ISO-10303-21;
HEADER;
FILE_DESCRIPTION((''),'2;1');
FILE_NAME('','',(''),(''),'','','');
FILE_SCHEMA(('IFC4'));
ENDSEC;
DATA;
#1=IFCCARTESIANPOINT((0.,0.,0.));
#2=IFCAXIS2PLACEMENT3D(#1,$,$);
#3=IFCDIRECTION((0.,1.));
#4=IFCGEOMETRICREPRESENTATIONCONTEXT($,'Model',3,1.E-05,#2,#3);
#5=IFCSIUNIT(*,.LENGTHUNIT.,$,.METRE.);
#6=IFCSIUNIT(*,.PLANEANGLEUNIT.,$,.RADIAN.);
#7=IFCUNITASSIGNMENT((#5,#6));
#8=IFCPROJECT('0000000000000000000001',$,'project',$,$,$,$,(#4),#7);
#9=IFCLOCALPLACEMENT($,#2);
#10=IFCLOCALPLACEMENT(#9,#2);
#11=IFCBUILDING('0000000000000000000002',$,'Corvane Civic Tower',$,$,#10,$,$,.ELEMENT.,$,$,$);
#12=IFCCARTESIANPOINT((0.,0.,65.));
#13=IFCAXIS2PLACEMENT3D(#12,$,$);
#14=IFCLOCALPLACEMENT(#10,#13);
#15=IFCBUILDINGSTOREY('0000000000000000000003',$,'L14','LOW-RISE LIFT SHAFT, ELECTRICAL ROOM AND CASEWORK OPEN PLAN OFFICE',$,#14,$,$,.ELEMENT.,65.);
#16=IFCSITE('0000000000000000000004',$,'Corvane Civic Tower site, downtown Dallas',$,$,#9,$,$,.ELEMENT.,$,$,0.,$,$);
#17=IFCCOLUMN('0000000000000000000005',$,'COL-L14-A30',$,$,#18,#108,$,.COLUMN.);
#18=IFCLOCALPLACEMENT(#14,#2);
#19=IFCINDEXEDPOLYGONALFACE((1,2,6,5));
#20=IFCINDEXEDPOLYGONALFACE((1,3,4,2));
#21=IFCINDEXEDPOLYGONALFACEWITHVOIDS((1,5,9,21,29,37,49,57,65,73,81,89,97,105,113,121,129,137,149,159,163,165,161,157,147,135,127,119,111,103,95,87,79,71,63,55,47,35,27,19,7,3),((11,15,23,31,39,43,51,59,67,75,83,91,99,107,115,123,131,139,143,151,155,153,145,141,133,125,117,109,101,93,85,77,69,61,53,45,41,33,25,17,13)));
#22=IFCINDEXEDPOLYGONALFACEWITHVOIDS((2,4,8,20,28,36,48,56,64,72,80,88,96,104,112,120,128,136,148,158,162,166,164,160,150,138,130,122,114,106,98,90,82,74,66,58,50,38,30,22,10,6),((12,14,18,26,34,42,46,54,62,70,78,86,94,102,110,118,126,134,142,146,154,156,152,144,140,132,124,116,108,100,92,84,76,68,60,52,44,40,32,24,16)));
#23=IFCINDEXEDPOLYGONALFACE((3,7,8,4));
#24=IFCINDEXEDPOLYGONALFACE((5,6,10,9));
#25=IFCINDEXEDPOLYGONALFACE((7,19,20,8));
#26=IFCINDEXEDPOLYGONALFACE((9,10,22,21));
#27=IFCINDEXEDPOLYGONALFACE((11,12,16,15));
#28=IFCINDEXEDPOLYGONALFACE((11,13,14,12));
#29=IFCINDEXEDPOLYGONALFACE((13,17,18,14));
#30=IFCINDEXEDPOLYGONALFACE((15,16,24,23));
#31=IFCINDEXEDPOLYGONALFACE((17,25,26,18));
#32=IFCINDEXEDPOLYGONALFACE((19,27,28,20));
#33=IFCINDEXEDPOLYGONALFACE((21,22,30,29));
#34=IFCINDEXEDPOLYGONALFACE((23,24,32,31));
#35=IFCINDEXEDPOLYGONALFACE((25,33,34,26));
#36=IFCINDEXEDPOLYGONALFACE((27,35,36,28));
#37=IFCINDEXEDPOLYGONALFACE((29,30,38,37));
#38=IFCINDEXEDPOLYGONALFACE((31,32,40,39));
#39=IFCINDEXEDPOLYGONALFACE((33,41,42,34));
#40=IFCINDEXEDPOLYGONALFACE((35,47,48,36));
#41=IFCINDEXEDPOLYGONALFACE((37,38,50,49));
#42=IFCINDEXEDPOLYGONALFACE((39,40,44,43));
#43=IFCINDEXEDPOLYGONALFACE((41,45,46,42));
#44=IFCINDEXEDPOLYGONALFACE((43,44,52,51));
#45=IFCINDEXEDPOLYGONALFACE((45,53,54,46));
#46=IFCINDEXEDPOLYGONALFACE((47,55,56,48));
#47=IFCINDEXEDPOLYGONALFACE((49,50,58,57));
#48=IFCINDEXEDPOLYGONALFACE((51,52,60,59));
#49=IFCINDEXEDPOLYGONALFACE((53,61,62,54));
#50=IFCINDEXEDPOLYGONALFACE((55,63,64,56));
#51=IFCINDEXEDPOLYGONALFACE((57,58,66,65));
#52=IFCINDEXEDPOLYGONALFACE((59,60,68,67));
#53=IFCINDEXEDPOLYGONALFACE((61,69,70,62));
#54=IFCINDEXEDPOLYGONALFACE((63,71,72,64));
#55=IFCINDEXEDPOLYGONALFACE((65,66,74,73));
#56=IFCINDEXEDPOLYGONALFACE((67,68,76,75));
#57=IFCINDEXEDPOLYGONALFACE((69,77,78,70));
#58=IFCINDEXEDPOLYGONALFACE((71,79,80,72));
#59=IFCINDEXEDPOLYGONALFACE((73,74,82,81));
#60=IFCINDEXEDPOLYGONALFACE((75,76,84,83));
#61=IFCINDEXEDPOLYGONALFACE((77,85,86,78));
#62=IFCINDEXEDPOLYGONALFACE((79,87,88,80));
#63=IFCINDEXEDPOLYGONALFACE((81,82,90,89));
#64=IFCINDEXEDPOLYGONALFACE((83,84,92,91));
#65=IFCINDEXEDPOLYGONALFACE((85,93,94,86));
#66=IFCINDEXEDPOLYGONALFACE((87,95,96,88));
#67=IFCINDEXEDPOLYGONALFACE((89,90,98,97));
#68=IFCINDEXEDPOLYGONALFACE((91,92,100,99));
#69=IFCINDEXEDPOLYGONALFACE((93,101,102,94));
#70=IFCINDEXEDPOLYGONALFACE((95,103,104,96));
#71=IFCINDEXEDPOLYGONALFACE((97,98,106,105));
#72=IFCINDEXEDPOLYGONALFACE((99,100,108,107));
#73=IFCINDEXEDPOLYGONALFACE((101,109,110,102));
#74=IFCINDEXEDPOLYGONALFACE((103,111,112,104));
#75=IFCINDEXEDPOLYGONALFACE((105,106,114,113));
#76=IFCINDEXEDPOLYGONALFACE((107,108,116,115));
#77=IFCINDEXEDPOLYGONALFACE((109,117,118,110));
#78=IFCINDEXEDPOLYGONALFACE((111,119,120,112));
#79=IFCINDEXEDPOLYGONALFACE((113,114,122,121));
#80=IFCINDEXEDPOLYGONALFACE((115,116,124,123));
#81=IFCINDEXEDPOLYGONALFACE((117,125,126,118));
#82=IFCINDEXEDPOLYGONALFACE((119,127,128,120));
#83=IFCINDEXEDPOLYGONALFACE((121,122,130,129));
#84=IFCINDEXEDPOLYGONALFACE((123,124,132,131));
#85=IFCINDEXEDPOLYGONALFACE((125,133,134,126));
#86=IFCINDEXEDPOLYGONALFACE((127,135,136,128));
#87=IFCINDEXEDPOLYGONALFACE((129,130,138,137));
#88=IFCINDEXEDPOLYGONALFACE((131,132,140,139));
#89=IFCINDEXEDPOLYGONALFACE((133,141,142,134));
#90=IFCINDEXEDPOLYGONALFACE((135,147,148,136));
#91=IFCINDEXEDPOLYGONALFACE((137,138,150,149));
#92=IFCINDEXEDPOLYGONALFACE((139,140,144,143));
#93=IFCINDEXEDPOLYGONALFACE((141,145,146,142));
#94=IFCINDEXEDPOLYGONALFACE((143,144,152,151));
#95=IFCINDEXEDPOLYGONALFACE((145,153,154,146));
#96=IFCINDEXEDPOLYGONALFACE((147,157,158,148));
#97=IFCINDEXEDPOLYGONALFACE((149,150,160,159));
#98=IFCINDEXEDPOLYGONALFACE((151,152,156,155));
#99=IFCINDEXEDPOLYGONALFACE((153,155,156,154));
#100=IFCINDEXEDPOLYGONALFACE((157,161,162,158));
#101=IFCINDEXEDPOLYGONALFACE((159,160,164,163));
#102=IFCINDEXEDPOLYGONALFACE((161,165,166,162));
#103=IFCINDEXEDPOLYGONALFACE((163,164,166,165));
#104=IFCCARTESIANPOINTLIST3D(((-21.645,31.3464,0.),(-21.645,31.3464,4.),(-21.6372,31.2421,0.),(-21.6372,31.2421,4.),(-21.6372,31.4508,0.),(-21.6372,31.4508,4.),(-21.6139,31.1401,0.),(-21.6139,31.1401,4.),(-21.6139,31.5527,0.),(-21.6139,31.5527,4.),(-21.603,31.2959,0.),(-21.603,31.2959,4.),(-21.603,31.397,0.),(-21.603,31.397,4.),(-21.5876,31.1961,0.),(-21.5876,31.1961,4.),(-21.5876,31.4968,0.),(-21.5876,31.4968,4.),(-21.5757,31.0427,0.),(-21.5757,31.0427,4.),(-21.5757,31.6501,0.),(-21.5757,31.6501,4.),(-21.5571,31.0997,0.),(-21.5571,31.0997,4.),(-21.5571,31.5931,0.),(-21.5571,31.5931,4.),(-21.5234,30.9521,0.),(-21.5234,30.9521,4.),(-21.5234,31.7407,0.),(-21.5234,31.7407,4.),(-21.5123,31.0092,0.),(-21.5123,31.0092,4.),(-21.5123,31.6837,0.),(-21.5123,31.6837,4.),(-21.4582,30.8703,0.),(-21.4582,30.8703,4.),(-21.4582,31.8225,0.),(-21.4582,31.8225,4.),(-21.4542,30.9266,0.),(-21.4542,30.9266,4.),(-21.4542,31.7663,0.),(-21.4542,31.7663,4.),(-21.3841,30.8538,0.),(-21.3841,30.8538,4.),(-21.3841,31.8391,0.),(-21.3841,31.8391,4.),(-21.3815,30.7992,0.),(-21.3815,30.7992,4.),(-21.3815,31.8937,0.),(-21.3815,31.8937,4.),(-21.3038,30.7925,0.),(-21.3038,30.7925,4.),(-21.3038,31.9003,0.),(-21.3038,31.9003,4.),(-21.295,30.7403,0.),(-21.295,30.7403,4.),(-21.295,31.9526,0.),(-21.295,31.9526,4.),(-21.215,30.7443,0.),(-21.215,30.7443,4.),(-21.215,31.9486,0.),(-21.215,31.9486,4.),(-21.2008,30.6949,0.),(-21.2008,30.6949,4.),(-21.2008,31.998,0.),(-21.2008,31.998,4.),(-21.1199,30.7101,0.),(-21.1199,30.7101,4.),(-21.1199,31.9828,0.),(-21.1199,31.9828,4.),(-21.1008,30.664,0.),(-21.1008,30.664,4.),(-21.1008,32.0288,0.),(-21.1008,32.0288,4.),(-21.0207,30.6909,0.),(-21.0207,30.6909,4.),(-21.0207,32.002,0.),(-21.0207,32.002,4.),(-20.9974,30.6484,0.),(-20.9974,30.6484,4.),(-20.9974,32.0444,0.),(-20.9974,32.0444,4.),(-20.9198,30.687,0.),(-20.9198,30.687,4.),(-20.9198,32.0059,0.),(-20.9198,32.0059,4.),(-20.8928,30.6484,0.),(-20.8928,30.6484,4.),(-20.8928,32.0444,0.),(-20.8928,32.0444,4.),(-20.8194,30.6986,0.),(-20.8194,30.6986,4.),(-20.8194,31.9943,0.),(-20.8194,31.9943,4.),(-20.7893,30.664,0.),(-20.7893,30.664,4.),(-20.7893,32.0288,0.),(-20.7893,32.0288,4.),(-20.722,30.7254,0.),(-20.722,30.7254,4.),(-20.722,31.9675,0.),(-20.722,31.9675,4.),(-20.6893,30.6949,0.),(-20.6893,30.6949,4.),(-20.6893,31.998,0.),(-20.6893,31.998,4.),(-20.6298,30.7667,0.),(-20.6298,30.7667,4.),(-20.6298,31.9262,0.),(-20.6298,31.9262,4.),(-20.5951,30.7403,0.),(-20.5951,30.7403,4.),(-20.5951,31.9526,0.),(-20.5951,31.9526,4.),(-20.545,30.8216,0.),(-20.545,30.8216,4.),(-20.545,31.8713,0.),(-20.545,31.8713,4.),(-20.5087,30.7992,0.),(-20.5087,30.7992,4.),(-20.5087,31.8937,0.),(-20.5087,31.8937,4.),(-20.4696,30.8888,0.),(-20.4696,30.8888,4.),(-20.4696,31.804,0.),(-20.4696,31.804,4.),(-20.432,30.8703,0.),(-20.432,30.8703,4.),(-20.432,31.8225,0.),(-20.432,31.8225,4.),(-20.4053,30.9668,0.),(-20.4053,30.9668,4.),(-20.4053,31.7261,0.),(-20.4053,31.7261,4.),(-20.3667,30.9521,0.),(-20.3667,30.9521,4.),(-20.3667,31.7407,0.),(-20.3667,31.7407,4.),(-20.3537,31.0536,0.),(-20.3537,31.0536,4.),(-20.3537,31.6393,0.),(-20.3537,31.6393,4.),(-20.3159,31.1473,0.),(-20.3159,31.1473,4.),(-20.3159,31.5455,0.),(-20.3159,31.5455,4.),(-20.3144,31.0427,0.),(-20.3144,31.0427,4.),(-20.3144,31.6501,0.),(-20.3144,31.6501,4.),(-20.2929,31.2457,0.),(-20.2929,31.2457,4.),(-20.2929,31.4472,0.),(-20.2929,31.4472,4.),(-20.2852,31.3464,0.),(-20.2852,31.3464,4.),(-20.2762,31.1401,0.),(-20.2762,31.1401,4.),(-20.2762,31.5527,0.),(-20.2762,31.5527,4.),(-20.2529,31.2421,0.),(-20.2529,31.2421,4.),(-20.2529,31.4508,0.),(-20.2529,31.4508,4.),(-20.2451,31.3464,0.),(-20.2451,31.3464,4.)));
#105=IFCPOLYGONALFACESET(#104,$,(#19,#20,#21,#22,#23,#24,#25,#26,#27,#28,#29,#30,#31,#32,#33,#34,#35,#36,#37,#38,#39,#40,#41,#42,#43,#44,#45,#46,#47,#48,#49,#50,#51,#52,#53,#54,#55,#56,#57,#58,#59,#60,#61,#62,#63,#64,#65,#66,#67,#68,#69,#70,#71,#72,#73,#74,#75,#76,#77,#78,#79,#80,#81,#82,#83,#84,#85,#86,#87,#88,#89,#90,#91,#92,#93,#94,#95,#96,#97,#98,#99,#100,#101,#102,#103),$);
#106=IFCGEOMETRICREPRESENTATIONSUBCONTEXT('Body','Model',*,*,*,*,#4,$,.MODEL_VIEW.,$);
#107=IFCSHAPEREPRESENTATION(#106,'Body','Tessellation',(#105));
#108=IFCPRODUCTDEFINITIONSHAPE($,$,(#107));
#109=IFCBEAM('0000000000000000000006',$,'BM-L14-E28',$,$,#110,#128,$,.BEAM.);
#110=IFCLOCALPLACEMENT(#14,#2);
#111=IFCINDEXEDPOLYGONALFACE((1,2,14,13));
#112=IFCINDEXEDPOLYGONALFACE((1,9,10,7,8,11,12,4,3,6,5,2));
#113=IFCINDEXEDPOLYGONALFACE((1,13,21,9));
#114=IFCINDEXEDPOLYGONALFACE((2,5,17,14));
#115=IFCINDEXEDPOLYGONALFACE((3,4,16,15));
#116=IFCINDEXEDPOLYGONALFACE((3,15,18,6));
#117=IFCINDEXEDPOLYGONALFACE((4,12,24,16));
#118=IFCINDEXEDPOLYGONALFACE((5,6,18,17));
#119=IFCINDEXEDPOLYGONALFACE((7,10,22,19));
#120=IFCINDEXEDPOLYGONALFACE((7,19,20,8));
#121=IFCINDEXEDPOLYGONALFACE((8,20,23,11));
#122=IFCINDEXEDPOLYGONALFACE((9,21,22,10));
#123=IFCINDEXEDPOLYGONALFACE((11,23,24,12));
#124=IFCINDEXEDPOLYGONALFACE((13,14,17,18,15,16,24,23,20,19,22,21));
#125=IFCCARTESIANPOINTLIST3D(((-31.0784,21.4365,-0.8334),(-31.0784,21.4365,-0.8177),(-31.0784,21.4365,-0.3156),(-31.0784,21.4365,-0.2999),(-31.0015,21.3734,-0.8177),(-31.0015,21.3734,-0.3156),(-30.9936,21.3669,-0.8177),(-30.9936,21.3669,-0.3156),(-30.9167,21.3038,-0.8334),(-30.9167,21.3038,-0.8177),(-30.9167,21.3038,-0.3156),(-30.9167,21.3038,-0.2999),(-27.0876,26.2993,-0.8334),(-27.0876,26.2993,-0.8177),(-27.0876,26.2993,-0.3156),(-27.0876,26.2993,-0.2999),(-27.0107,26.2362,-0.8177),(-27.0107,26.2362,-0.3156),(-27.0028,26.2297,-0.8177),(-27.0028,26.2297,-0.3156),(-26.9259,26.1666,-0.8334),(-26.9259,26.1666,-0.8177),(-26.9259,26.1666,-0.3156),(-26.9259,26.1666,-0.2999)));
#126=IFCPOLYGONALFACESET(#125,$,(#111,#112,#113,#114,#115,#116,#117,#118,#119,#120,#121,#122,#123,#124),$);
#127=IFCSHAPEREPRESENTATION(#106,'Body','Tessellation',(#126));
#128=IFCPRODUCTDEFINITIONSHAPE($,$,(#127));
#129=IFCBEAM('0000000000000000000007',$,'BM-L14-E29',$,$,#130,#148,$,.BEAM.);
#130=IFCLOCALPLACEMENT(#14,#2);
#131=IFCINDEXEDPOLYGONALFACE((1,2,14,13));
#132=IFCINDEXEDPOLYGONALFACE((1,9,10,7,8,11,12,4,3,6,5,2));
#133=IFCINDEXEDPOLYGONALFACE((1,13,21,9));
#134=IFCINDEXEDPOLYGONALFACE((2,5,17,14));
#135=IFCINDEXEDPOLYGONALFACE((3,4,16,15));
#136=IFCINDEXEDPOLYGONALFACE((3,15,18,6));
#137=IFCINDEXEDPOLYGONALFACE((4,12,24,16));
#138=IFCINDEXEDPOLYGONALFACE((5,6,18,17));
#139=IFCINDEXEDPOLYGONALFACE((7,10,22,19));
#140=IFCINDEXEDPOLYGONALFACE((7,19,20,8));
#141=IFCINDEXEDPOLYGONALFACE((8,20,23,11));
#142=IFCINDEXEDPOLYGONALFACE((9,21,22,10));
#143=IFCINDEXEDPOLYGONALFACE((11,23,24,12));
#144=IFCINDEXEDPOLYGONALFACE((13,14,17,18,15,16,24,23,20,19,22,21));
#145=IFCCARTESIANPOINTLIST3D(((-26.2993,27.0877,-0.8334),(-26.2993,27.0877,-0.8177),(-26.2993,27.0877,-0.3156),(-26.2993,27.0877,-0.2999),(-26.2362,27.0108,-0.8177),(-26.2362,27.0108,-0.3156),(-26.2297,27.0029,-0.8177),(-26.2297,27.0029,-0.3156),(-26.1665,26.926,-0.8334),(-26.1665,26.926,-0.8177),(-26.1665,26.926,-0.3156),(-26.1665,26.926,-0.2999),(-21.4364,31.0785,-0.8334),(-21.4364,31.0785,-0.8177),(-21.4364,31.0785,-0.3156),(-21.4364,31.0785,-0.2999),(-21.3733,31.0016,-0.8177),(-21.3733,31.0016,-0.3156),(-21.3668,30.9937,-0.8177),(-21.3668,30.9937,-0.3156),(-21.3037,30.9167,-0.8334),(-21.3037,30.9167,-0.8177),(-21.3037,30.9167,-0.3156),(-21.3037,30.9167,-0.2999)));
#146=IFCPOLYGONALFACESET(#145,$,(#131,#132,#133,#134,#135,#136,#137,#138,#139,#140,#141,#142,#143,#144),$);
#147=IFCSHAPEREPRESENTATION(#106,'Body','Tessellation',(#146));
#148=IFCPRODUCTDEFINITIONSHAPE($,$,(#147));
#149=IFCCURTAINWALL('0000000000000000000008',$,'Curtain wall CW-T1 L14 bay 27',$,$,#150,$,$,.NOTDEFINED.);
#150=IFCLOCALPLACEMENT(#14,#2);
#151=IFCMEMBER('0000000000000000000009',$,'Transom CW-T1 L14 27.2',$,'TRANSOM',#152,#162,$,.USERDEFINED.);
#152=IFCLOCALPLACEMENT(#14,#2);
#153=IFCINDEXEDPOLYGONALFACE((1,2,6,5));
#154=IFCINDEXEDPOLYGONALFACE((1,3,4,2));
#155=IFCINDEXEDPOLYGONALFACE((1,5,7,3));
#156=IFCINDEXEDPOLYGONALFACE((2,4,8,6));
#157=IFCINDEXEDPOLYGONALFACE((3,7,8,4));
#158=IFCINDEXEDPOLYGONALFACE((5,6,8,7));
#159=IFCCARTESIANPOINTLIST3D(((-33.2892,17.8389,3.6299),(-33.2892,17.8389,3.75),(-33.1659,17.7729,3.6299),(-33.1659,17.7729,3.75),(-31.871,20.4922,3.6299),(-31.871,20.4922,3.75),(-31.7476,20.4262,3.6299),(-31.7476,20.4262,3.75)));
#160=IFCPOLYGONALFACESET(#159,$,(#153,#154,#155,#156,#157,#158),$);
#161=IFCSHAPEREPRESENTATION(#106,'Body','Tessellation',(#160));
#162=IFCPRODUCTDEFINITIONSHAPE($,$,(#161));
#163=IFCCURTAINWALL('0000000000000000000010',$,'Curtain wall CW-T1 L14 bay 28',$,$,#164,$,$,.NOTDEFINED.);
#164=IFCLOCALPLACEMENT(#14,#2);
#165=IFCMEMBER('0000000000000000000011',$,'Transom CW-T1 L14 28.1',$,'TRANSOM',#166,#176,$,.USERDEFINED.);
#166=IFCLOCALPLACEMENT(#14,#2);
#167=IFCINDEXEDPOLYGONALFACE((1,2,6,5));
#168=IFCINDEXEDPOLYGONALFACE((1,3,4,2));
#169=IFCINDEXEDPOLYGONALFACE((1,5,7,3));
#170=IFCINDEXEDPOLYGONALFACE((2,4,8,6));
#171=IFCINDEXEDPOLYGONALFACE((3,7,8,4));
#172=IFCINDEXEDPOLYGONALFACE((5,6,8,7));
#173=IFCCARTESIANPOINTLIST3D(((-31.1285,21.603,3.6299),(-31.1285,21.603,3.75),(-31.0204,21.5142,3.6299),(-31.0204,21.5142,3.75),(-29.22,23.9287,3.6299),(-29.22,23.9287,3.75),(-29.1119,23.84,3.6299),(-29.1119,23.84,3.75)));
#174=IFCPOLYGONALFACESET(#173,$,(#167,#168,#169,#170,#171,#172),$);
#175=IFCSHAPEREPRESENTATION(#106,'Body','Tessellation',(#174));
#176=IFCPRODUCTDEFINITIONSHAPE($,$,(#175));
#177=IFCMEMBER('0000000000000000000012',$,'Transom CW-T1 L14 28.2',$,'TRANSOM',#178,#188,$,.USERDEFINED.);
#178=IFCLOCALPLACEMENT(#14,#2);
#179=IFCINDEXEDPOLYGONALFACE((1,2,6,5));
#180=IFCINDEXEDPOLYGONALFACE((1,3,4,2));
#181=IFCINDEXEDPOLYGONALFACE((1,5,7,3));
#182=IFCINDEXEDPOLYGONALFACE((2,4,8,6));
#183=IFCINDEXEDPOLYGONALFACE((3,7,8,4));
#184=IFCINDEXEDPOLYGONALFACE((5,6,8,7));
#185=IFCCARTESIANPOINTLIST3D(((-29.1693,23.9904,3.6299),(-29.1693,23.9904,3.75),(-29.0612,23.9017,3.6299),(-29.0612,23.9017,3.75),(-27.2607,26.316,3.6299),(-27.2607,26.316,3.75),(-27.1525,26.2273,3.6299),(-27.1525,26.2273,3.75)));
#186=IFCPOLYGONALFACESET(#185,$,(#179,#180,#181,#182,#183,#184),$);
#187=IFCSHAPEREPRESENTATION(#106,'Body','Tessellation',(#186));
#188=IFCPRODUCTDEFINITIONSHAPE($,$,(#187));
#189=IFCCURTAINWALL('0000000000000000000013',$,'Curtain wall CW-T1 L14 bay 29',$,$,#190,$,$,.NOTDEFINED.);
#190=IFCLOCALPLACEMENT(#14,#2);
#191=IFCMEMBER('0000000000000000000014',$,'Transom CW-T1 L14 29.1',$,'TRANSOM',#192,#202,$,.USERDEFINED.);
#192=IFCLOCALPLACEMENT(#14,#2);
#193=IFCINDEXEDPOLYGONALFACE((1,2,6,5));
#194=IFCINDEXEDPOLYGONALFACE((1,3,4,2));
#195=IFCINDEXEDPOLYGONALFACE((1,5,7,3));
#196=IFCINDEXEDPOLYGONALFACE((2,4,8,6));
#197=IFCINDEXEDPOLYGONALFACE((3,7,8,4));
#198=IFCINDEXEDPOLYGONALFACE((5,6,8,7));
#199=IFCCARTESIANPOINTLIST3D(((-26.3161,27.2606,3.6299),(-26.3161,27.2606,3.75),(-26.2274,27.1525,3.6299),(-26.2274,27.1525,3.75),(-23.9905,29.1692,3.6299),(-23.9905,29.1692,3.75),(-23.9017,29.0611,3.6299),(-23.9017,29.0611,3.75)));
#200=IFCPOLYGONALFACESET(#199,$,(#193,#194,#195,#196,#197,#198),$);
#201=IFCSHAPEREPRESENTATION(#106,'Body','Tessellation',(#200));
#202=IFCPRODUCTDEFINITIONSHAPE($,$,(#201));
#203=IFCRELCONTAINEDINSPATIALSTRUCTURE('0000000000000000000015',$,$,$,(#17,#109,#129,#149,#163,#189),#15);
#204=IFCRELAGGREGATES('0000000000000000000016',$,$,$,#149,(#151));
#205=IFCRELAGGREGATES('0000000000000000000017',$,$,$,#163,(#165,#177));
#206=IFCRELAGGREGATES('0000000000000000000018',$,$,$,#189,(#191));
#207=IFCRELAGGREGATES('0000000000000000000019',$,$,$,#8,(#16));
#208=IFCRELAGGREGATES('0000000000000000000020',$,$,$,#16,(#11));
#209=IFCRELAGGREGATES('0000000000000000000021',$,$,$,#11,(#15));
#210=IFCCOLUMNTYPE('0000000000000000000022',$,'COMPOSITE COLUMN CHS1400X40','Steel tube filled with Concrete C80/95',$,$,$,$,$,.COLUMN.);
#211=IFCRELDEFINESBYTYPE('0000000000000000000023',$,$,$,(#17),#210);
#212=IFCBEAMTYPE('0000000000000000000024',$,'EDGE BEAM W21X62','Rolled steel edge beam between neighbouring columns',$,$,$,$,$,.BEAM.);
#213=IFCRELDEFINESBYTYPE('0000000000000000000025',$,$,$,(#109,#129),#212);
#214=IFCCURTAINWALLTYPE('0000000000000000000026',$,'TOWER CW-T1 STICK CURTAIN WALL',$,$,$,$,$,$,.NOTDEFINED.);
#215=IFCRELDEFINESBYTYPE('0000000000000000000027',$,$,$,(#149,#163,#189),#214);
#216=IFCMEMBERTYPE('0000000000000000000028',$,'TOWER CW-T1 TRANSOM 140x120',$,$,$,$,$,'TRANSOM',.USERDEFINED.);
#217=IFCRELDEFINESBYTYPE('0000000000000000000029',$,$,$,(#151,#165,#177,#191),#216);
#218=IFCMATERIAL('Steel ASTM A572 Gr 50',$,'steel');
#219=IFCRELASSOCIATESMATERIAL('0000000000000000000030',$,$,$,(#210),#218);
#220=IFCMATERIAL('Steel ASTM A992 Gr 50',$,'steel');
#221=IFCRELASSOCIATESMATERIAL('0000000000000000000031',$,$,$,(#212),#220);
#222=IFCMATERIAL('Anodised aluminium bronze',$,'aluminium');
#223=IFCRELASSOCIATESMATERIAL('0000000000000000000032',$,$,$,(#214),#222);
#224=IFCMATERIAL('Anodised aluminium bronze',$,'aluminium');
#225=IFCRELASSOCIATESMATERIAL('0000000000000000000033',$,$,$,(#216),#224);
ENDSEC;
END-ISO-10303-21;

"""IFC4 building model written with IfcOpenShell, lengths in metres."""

from ifc_helpers import new_model, si_unit, direction, frame, origin, origin_2d, place, context, subcontext, project, spatial, rectangle, hollow_circle, i_section, extrude, material, material_profile, profile_set, type_object, element, aggregate, save


model = new_model("IFC4")

# Units and contexts
model_context = context("Model", 3, precision=1e-05, world=origin(), true_north=direction((0.0, 1.0)))
body_context = subcontext(model_context, "Body", "Model", "MODEL_VIEW")
ifc_project = project(units=[si_unit("LENGTHUNIT", "METRE"), si_unit("PLANEANGLEUNIT", "RADIAN")], contexts=[model_context])

# Site, building, storey
site_placement = place(None, origin())
site = spatial("IfcSite", under=ifc_project, at=site_placement, Name="Corvane Civic Tower site, downtown Dallas", CompositionType="ELEMENT", RefElevation=0.0)
building_placement = place(site_placement, origin())
building = spatial("IfcBuilding", under=site, at=building_placement, Name="Corvane Civic Tower", CompositionType="ELEMENT")
storey_placement = place(building_placement, frame((0.0, 0.0, 65.0)))
storey = spatial("IfcBuildingStorey", under=building, at=storey_placement, Name="L14", Description="LOW-RISE LIFT SHAFT, ELECTRICAL ROOM AND CASEWORK OPEN PLAN OFFICE", CompositionType="ELEMENT", Elevation=65.0)

# Column
ifc_material_1 = material(Name="Steel ASTM A572 Gr 50", Category="steel")
ifc_material_profile_1 = material_profile(ifc_material_1, hollow_circle(Radius=0.7, WallThickness=0.04, at=origin_2d()), Name="CHS1400X40")
ifc_profile_set_1 = profile_set([ifc_material_profile_1], Name="Steel ASTM A572 Gr 50")
column_type = type_object("IfcColumnType", Name="COMPOSITE COLUMN CHS1400X40", Description="Steel tube filled with Concrete C80/95", PredefinedType="COLUMN", material=ifc_profile_set_1)
for number, where, z_axis, x_axis, name in (
    (1, (-20.9451, 31.3464, 0.0), (0.0, 0.0, 1.0), (1.0, 0.0, 0.0), "COL-L14-A30"),
):
    element("IfcColumn", number, at=place(storey_placement, frame(where, z_axis=z_axis, x_axis=x_axis)), inside=storey, type_object=column_type, Name=name, PredefinedType="COLUMN", context=body_context, shape_type="SweptSolid", body=[
        extrude(hollow_circle(Radius=0.7, WallThickness=0.04, at=origin_2d()), origin(), (0.0, 0.0, 1.0), 4.0),
    ])

# Beams
ifc_material_2 = material(Name="Steel ASTM A992 Gr 50", Category="steel")
ifc_material_profile_2 = material_profile(ifc_material_2, i_section(OverallWidth=0.2092, OverallDepth=0.5334, WebThickness=0.0103, FlangeThickness=0.0156, at=origin_2d()), Name="W21X62")
ifc_profile_set_2 = profile_set([ifc_material_profile_2], Name="Steel ASTM A992 Gr 50")
beam_type = type_object("IfcBeamType", Name="EDGE BEAM W21X62", Description="Rolled steel edge beam between neighbouring columns", PredefinedType="BEAM", material=ifc_profile_set_2)
for number, where, z_axis, x_axis, name in (
    (2, (-30.9976, 21.3701, -0.5667), (0.634387, 0.773016, 0.0), (-0.773016, 0.634387, 0.0), "BM-L14-E28"),
    (3, (-26.2329, 27.0068, -0.5667), (0.773016, 0.634387, 0.0), (-0.634387, 0.773016, 0.0), "BM-L14-E29"),
):
    element("IfcBeam", number, at=place(storey_placement, frame(where, z_axis=z_axis, x_axis=x_axis)), inside=storey, type_object=beam_type, Name=name, PredefinedType="BEAM", context=body_context, shape_type="SweptSolid", body=[
        extrude(i_section(OverallWidth=0.2092, OverallDepth=0.5334, WebThickness=0.0103, FlangeThickness=0.0156, at=origin_2d()), origin(), (0.0, 0.0, 1.0), 6.2908),
    ])

# Curtain wall, member
ifc_material_3 = material(Name="Anodised aluminium bronze", Category="aluminium")
curtain_wall_type = type_object("IfcCurtainWallType", Name="TOWER CW-T1 STICK CURTAIN WALL", PredefinedType="NOTDEFINED", material=ifc_material_3)
curtain_wall_1_placement = place(storey_placement, origin())
curtain_wall_1 = element("IfcCurtainWall", 4, at=curtain_wall_1_placement, inside=storey, type_object=curtain_wall_type, Name="Curtain wall CW-T1 L14 bay 27", PredefinedType="NOTDEFINED")
ifc_material_4 = material(Name="Anodised aluminium bronze", Category="aluminium")
ifc_material_profile_3 = material_profile(ifc_material_4, rectangle(XDim=0.1399, YDim=0.1201, at=origin_2d()), Name="TOWER CW-T1 TRANSOM 140x120")
ifc_profile_set_3 = profile_set([ifc_material_profile_3], Name="Anodised aluminium bronze")
member_type_1 = type_object("IfcMemberType", Name="TOWER CW-T1 TRANSOM 140x120", ElementType="TRANSOM", PredefinedType="USERDEFINED", material=ifc_profile_set_3)
member_1_placement = place(storey_placement, frame((-33.2275, 17.8059, 3.6899), z_axis=(0.471393, 0.881924, 0.0), x_axis=(-0.881924, 0.471393, 0.0)))
member_1 = element("IfcMember", 5, at=member_1_placement, type_object=member_type_1, Name="Transom CW-T1 L14 27.2", ObjectType="TRANSOM", PredefinedType="USERDEFINED", context=body_context, shape_type="SweptSolid", body=[
    extrude(rectangle(XDim=0.1399, YDim=0.1201, at=origin_2d()), origin(), (0.0, 0.0, 1.0), 3.0085),
])

# Curtain walls, members
curtain_wall_2_placement = place(storey_placement, origin())
curtain_wall_2 = element("IfcCurtainWall", 6, at=curtain_wall_2_placement, inside=storey, type_object=curtain_wall_type, Name="Curtain wall CW-T1 L14 bay 28", PredefinedType="NOTDEFINED")
member_2_placement = place(storey_placement, frame((-31.0745, 21.5586, 3.6899), z_axis=(0.634355, 0.773042, 0.0), x_axis=(-0.773042, 0.634355, 0.0)))
member_2 = element("IfcMember", 7, at=member_2_placement, type_object=member_type_1, Name="Transom CW-T1 L14 28.1", ObjectType="TRANSOM", PredefinedType="USERDEFINED", context=body_context, shape_type="SweptSolid", body=[
    extrude(rectangle(XDim=0.1399, YDim=0.1201, at=origin_2d()), origin(), (0.0, 0.0, 1.0), 3.0085),
])
member_3_placement = place(storey_placement, frame((-29.1152, 23.946, 3.6899), z_axis=(0.634404, 0.773002, 0.0), x_axis=(-0.773002, 0.634404, 0.0)))
member_3 = element("IfcMember", 8, at=member_3_placement, type_object=member_type_1, Name="Transom CW-T1 L14 28.2", ObjectType="TRANSOM", PredefinedType="USERDEFINED", context=body_context, shape_type="SweptSolid", body=[
    extrude(rectangle(XDim=0.1399, YDim=0.1201, at=origin_2d()), origin(), (0.0, 0.0, 1.0), 3.0085),
])
curtain_wall_3_placement = place(storey_placement, origin())
curtain_wall_3 = element("IfcCurtainWall", 9, at=curtain_wall_3_placement, inside=storey, type_object=curtain_wall_type, Name="Curtain wall CW-T1 L14 bay 29", PredefinedType="NOTDEFINED")
member_4_placement = place(storey_placement, frame((-26.2717, 27.2065, 3.6899), z_axis=(0.773002, 0.634404, 0.0), x_axis=(-0.634404, 0.773002, 0.0)))
member_4 = element("IfcMember", 10, at=member_4_placement, type_object=member_type_1, Name="Transom CW-T1 L14 29.1", ObjectType="TRANSOM", PredefinedType="USERDEFINED", context=body_context, shape_type="SweptSolid", body=[
    extrude(rectangle(XDim=0.1399, YDim=0.1201, at=origin_2d()), origin(), (0.0, 0.0, 1.0), 3.0085),
])

aggregate(curtain_wall_1, [member_1])
aggregate(curtain_wall_2, [member_2, member_3])
aggregate(curtain_wall_3, [member_4])

save(model, "model.ifc")
